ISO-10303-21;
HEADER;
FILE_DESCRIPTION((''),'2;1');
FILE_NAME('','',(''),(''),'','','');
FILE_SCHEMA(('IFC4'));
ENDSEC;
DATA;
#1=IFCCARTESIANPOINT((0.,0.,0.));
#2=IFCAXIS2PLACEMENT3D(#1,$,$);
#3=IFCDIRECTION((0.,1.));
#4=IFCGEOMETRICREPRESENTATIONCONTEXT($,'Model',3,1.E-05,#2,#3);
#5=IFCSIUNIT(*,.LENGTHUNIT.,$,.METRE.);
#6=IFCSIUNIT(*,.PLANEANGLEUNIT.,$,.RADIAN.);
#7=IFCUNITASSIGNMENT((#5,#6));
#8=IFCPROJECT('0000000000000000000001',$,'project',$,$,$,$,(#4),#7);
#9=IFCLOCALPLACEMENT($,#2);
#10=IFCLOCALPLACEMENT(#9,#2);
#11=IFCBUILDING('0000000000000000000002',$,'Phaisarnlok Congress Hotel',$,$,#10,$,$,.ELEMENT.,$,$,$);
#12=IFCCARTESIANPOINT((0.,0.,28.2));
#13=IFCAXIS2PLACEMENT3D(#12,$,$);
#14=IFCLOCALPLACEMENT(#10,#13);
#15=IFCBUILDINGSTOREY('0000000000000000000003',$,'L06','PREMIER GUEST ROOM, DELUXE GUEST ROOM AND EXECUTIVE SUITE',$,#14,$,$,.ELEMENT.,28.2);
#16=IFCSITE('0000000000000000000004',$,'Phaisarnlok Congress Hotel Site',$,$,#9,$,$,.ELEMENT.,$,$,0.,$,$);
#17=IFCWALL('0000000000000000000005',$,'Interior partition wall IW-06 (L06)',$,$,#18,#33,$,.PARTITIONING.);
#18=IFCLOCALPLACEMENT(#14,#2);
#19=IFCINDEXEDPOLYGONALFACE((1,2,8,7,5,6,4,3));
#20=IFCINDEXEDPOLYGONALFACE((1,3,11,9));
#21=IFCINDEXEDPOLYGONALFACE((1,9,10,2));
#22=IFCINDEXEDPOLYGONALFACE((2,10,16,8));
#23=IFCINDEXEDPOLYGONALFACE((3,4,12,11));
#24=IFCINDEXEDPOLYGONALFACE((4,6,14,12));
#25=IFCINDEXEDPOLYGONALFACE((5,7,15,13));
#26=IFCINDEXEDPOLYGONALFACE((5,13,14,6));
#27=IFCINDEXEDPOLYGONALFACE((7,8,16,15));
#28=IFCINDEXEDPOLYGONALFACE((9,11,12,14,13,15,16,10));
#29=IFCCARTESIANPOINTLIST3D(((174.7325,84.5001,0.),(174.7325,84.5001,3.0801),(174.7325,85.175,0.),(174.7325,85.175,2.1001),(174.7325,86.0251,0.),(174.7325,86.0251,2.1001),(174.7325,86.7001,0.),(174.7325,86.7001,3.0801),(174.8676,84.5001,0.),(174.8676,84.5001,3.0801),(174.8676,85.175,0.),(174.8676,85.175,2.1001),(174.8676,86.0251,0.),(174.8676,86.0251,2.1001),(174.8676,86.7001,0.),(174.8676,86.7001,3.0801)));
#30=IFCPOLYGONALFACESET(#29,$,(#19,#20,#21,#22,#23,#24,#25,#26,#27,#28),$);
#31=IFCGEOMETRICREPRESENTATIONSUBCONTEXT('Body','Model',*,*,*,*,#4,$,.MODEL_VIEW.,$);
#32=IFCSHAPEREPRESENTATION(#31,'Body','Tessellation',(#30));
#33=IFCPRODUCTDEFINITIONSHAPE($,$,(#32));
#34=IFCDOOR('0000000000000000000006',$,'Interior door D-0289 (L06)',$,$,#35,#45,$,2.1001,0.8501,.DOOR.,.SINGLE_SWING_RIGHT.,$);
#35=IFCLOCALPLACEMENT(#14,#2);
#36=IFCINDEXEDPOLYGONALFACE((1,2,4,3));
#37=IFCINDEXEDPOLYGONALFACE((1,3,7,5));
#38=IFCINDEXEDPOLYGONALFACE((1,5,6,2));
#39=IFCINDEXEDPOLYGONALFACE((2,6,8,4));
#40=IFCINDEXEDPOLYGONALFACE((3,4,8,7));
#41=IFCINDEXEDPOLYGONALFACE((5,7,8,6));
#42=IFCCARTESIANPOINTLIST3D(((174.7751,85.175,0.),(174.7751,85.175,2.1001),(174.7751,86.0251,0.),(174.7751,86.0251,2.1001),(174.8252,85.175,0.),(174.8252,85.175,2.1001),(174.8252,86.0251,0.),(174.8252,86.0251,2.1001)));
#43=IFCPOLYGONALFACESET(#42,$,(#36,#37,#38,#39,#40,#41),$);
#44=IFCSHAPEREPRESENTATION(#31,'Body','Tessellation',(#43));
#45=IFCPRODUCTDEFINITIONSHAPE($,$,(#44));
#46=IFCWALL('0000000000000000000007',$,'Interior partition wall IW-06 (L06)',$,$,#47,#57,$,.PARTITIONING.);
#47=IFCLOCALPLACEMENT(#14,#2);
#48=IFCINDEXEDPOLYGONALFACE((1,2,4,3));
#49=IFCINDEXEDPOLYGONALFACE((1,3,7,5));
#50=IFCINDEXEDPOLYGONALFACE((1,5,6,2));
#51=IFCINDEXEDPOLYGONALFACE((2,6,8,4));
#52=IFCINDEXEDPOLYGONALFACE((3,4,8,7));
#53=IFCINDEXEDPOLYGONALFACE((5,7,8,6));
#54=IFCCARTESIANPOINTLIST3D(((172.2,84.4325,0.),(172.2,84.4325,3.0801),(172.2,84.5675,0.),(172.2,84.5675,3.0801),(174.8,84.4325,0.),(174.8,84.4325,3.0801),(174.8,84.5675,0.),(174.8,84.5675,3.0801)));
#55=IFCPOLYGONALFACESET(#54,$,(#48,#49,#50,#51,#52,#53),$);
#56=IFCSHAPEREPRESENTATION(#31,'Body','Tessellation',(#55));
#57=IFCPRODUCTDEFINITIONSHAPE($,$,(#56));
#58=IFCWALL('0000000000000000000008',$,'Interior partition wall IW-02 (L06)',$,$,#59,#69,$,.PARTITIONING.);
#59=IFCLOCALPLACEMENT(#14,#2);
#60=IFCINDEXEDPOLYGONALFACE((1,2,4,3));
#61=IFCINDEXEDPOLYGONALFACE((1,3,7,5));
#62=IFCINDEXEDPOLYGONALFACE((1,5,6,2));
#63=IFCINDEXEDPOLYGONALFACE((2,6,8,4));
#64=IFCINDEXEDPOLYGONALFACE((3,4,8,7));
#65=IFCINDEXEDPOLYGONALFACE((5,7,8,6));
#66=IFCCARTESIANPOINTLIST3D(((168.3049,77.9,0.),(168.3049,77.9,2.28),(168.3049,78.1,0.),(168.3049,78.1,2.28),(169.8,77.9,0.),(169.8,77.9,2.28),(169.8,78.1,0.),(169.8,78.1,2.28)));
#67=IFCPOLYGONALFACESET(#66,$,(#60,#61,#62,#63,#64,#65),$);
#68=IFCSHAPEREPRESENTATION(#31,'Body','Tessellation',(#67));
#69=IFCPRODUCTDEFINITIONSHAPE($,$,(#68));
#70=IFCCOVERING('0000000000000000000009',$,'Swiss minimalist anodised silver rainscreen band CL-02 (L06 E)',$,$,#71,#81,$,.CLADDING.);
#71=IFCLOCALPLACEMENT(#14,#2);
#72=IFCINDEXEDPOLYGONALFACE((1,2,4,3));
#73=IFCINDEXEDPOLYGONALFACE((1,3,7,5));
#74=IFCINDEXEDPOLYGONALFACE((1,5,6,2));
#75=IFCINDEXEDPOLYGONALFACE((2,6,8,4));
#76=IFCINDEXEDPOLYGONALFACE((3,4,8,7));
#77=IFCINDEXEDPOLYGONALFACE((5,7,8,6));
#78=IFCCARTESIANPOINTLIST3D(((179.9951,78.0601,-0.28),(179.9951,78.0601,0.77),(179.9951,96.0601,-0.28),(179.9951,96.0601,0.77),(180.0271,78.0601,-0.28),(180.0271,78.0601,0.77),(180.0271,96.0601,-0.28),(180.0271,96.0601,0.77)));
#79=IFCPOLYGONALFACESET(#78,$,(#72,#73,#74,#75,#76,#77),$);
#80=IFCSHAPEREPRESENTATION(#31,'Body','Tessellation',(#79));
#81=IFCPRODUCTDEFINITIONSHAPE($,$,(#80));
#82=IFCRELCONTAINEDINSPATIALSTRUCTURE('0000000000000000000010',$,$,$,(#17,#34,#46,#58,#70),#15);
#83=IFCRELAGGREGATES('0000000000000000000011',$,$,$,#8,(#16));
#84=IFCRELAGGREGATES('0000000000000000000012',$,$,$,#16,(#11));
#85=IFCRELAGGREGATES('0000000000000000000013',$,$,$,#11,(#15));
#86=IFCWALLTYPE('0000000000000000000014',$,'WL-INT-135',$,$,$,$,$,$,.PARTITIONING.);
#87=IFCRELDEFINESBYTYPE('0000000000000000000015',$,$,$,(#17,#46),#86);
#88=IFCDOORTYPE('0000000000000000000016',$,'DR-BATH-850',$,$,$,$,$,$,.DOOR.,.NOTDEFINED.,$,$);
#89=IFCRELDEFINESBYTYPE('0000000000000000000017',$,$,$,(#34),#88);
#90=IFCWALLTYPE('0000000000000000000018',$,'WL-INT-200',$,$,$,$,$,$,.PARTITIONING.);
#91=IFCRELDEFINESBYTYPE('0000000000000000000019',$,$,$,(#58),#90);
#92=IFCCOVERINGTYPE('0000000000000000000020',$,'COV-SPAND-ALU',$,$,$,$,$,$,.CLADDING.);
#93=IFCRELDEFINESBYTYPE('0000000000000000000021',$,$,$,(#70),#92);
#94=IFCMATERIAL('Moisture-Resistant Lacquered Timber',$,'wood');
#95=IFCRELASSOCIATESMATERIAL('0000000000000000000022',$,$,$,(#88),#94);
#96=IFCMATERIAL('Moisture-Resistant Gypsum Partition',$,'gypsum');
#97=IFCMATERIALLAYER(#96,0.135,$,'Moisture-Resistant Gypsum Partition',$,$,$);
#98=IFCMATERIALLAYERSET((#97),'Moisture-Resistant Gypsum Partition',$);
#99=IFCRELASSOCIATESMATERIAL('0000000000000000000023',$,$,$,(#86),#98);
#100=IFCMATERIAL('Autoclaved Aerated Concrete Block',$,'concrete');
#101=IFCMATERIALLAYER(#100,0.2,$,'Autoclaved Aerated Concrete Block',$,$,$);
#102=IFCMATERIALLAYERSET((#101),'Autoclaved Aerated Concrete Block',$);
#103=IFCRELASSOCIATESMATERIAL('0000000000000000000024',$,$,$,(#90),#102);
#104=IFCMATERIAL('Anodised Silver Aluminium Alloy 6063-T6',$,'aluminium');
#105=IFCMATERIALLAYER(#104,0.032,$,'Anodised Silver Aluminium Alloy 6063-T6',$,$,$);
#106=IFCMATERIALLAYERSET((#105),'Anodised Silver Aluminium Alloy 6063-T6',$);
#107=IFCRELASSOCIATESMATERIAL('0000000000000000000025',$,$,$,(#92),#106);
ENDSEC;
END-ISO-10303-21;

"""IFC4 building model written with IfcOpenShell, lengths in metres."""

from ifc_helpers import new_model, si_unit, direction, frame, frame_2d, origin, place, context, subcontext, project, spatial, polyline, rectangle, outline, extrude, material, layer, layer_set, type_object, element, fill, save


model = new_model("IFC4")

# Units and contexts
model_context = context("Model", 3, precision=1e-05, world=origin(), true_north=direction((0.0, 1.0)))
body_context = subcontext(model_context, "Body", "Model", "MODEL_VIEW")
ifc_project = project(units=[si_unit("LENGTHUNIT", "METRE"), si_unit("PLANEANGLEUNIT", "RADIAN")], contexts=[model_context])

# Site, building, storey
site_placement = place(None, origin())
site = spatial("IfcSite", under=ifc_project, at=site_placement, Name="Phaisarnlok Congress Hotel Site", CompositionType="ELEMENT", RefElevation=0.0)
building_placement = place(site_placement, origin())
building = spatial("IfcBuilding", under=site, at=building_placement, Name="Phaisarnlok Congress Hotel", CompositionType="ELEMENT")
storey_placement = place(building_placement, frame((0.0, 0.0, 28.2)))
storey = spatial("IfcBuildingStorey", under=building, at=storey_placement, Name="L06", Description="PREMIER GUEST ROOM, DELUXE GUEST ROOM AND EXECUTIVE SUITE", CompositionType="ELEMENT", Elevation=28.2)

# Shared definitions
ifc_material_1 = material(Name="Moisture-Resistant Lacquered Timber", Category="wood")
door_type = type_object("IfcDoorType", Name="DR-BATH-850", OperationType="NOTDEFINED", PredefinedType="DOOR", material=ifc_material_1)

# Wall, opening, door
ifc_material_2 = material(Name="Moisture-Resistant Gypsum Partition", Category="gypsum")
ifc_layer_1 = layer(ifc_material_2, 0.135, Name="Moisture-Resistant Gypsum Partition")
ifc_layer_set_1 = layer_set([ifc_layer_1], Name="Moisture-Resistant Gypsum Partition")
wall_type_1 = type_object("IfcWallType", Name="WL-INT-135", PredefinedType="PARTITIONING", material=ifc_layer_set_1)
wall_1_placement = place(storey_placement, frame((174.8, 84.5, 0.0), z_axis=(0.0, 0.0, 1.0), x_axis=(0.0, 1.0, 0.0)))
wall_1 = element("IfcWall", 1, at=wall_1_placement, inside=storey, type_object=wall_type_1, Name="Interior partition wall IW-06 (L06)", PredefinedType="PARTITIONING", context=body_context, shape_type="SweptSolid", body=[
    extrude(rectangle(XDim=2.2, YDim=0.135, at=frame_2d((1.1001, 0.0))), origin(), (0.0, 0.0, 1.0), 3.0801),
])
opening_1_placement = place(wall_1_placement, frame((0.675, 0.0, 0.0)))
opening_1 = element("IfcOpeningElement", 2, at=opening_1_placement, cuts=wall_1, PredefinedType="OPENING", context=body_context, shape_type="SweptSolid", body=[
    extrude(rectangle(XDim=0.8501, YDim=2.1001, at=frame_2d((0.425, 1.05))), frame((0.0, 0.0776, 0.0), z_axis=(0.0, -1.0, 0.0), x_axis=(1.0, 0.0, 0.0)), (0.0, 0.0, 1.0), 0.155),
])
door_1_placement = place(opening_1_placement, origin())
door_1 = element("IfcDoor", 3, at=door_1_placement, inside=storey, type_object=door_type, Name="Interior door D-0289 (L06)", OperationType="SINGLE_SWING_RIGHT", OverallHeight=2.1001, OverallWidth=0.8501, PredefinedType="DOOR", context=body_context, shape_type="SweptSolid", body=[
    extrude(rectangle(XDim=0.8501, YDim=2.1001, at=frame_2d((0.425, 1.05))), frame((0.0, 0.0249, 0.0), z_axis=(0.0, -1.0, 0.0), x_axis=(1.0, 0.0, 0.0)), (0.0, 0.0, 1.0), 0.05),
])
fill(opening_1, door_1)

# Walls
wall_2_placement = place(storey_placement, frame((172.2, 84.5, 0.0), z_axis=(0.0, 0.0, 1.0), x_axis=(1.0, 0.0, 0.0)))
element("IfcWall", 4, at=wall_2_placement, inside=storey, type_object=wall_type_1, Name="Interior partition wall IW-06 (L06)", PredefinedType="PARTITIONING", context=body_context, shape_type="SweptSolid", body=[
    extrude(rectangle(XDim=2.6001, YDim=0.135, at=frame_2d((1.3, 0.0))), origin(), (0.0, 0.0, 1.0), 3.0801),
])
ifc_material_3 = material(Name="Autoclaved Aerated Concrete Block", Category="concrete")
ifc_layer_2 = layer(ifc_material_3, 0.2, Name="Autoclaved Aerated Concrete Block")
ifc_layer_set_2 = layer_set([ifc_layer_2], Name="Autoclaved Aerated Concrete Block")
wall_type_2 = type_object("IfcWallType", Name="WL-INT-200", PredefinedType="PARTITIONING", material=ifc_layer_set_2)
wall_3_placement = place(storey_placement, frame((168.3049, 78.0, 0.0), z_axis=(0.0, 0.0, 1.0), x_axis=(1.0, 0.0, 0.0)))
element("IfcWall", 5, at=wall_3_placement, inside=storey, type_object=wall_type_2, Name="Interior partition wall IW-02 (L06)", PredefinedType="PARTITIONING", context=body_context, shape_type="SweptSolid", body=[
    extrude(rectangle(XDim=1.4951, YDim=0.2, at=frame_2d((0.7476, 0.0))), origin(), (0.0, 0.0, 1.0), 2.28),
])

# Covering
ifc_material_4 = material(Name="Anodised Silver Aluminium Alloy 6063-T6", Category="aluminium")
ifc_layer_3 = layer(ifc_material_4, 0.032, Name="Anodised Silver Aluminium Alloy 6063-T6")
ifc_layer_set_3 = layer_set([ifc_layer_3], Name="Anodised Silver Aluminium Alloy 6063-T6")
covering_type = type_object("IfcCoveringType", Name="COV-SPAND-ALU", PredefinedType="CLADDING", material=ifc_layer_set_3)
covering_placement = place(storey_placement, frame((179.9951, 78.0601, -0.28), z_axis=(1.0, 0.0, 0.0), x_axis=(0.0, 1.0, 0.0)))
element("IfcCovering", 6, at=covering_placement, inside=storey, type_object=covering_type, Name="Swiss minimalist anodised silver rainscreen band CL-02 (L06 E)", PredefinedType="CLADDING", context=body_context, shape_type="SweptSolid", body=[
    extrude(outline(polyline([(0.0, 0.0), (18.0, 0.0), (18.0, 1.05), (0.0, 1.05), (0.0, 0.0)])), origin(), (0.0, 0.0, 1.0), 0.032),
])

save(model, "model.ifc")
